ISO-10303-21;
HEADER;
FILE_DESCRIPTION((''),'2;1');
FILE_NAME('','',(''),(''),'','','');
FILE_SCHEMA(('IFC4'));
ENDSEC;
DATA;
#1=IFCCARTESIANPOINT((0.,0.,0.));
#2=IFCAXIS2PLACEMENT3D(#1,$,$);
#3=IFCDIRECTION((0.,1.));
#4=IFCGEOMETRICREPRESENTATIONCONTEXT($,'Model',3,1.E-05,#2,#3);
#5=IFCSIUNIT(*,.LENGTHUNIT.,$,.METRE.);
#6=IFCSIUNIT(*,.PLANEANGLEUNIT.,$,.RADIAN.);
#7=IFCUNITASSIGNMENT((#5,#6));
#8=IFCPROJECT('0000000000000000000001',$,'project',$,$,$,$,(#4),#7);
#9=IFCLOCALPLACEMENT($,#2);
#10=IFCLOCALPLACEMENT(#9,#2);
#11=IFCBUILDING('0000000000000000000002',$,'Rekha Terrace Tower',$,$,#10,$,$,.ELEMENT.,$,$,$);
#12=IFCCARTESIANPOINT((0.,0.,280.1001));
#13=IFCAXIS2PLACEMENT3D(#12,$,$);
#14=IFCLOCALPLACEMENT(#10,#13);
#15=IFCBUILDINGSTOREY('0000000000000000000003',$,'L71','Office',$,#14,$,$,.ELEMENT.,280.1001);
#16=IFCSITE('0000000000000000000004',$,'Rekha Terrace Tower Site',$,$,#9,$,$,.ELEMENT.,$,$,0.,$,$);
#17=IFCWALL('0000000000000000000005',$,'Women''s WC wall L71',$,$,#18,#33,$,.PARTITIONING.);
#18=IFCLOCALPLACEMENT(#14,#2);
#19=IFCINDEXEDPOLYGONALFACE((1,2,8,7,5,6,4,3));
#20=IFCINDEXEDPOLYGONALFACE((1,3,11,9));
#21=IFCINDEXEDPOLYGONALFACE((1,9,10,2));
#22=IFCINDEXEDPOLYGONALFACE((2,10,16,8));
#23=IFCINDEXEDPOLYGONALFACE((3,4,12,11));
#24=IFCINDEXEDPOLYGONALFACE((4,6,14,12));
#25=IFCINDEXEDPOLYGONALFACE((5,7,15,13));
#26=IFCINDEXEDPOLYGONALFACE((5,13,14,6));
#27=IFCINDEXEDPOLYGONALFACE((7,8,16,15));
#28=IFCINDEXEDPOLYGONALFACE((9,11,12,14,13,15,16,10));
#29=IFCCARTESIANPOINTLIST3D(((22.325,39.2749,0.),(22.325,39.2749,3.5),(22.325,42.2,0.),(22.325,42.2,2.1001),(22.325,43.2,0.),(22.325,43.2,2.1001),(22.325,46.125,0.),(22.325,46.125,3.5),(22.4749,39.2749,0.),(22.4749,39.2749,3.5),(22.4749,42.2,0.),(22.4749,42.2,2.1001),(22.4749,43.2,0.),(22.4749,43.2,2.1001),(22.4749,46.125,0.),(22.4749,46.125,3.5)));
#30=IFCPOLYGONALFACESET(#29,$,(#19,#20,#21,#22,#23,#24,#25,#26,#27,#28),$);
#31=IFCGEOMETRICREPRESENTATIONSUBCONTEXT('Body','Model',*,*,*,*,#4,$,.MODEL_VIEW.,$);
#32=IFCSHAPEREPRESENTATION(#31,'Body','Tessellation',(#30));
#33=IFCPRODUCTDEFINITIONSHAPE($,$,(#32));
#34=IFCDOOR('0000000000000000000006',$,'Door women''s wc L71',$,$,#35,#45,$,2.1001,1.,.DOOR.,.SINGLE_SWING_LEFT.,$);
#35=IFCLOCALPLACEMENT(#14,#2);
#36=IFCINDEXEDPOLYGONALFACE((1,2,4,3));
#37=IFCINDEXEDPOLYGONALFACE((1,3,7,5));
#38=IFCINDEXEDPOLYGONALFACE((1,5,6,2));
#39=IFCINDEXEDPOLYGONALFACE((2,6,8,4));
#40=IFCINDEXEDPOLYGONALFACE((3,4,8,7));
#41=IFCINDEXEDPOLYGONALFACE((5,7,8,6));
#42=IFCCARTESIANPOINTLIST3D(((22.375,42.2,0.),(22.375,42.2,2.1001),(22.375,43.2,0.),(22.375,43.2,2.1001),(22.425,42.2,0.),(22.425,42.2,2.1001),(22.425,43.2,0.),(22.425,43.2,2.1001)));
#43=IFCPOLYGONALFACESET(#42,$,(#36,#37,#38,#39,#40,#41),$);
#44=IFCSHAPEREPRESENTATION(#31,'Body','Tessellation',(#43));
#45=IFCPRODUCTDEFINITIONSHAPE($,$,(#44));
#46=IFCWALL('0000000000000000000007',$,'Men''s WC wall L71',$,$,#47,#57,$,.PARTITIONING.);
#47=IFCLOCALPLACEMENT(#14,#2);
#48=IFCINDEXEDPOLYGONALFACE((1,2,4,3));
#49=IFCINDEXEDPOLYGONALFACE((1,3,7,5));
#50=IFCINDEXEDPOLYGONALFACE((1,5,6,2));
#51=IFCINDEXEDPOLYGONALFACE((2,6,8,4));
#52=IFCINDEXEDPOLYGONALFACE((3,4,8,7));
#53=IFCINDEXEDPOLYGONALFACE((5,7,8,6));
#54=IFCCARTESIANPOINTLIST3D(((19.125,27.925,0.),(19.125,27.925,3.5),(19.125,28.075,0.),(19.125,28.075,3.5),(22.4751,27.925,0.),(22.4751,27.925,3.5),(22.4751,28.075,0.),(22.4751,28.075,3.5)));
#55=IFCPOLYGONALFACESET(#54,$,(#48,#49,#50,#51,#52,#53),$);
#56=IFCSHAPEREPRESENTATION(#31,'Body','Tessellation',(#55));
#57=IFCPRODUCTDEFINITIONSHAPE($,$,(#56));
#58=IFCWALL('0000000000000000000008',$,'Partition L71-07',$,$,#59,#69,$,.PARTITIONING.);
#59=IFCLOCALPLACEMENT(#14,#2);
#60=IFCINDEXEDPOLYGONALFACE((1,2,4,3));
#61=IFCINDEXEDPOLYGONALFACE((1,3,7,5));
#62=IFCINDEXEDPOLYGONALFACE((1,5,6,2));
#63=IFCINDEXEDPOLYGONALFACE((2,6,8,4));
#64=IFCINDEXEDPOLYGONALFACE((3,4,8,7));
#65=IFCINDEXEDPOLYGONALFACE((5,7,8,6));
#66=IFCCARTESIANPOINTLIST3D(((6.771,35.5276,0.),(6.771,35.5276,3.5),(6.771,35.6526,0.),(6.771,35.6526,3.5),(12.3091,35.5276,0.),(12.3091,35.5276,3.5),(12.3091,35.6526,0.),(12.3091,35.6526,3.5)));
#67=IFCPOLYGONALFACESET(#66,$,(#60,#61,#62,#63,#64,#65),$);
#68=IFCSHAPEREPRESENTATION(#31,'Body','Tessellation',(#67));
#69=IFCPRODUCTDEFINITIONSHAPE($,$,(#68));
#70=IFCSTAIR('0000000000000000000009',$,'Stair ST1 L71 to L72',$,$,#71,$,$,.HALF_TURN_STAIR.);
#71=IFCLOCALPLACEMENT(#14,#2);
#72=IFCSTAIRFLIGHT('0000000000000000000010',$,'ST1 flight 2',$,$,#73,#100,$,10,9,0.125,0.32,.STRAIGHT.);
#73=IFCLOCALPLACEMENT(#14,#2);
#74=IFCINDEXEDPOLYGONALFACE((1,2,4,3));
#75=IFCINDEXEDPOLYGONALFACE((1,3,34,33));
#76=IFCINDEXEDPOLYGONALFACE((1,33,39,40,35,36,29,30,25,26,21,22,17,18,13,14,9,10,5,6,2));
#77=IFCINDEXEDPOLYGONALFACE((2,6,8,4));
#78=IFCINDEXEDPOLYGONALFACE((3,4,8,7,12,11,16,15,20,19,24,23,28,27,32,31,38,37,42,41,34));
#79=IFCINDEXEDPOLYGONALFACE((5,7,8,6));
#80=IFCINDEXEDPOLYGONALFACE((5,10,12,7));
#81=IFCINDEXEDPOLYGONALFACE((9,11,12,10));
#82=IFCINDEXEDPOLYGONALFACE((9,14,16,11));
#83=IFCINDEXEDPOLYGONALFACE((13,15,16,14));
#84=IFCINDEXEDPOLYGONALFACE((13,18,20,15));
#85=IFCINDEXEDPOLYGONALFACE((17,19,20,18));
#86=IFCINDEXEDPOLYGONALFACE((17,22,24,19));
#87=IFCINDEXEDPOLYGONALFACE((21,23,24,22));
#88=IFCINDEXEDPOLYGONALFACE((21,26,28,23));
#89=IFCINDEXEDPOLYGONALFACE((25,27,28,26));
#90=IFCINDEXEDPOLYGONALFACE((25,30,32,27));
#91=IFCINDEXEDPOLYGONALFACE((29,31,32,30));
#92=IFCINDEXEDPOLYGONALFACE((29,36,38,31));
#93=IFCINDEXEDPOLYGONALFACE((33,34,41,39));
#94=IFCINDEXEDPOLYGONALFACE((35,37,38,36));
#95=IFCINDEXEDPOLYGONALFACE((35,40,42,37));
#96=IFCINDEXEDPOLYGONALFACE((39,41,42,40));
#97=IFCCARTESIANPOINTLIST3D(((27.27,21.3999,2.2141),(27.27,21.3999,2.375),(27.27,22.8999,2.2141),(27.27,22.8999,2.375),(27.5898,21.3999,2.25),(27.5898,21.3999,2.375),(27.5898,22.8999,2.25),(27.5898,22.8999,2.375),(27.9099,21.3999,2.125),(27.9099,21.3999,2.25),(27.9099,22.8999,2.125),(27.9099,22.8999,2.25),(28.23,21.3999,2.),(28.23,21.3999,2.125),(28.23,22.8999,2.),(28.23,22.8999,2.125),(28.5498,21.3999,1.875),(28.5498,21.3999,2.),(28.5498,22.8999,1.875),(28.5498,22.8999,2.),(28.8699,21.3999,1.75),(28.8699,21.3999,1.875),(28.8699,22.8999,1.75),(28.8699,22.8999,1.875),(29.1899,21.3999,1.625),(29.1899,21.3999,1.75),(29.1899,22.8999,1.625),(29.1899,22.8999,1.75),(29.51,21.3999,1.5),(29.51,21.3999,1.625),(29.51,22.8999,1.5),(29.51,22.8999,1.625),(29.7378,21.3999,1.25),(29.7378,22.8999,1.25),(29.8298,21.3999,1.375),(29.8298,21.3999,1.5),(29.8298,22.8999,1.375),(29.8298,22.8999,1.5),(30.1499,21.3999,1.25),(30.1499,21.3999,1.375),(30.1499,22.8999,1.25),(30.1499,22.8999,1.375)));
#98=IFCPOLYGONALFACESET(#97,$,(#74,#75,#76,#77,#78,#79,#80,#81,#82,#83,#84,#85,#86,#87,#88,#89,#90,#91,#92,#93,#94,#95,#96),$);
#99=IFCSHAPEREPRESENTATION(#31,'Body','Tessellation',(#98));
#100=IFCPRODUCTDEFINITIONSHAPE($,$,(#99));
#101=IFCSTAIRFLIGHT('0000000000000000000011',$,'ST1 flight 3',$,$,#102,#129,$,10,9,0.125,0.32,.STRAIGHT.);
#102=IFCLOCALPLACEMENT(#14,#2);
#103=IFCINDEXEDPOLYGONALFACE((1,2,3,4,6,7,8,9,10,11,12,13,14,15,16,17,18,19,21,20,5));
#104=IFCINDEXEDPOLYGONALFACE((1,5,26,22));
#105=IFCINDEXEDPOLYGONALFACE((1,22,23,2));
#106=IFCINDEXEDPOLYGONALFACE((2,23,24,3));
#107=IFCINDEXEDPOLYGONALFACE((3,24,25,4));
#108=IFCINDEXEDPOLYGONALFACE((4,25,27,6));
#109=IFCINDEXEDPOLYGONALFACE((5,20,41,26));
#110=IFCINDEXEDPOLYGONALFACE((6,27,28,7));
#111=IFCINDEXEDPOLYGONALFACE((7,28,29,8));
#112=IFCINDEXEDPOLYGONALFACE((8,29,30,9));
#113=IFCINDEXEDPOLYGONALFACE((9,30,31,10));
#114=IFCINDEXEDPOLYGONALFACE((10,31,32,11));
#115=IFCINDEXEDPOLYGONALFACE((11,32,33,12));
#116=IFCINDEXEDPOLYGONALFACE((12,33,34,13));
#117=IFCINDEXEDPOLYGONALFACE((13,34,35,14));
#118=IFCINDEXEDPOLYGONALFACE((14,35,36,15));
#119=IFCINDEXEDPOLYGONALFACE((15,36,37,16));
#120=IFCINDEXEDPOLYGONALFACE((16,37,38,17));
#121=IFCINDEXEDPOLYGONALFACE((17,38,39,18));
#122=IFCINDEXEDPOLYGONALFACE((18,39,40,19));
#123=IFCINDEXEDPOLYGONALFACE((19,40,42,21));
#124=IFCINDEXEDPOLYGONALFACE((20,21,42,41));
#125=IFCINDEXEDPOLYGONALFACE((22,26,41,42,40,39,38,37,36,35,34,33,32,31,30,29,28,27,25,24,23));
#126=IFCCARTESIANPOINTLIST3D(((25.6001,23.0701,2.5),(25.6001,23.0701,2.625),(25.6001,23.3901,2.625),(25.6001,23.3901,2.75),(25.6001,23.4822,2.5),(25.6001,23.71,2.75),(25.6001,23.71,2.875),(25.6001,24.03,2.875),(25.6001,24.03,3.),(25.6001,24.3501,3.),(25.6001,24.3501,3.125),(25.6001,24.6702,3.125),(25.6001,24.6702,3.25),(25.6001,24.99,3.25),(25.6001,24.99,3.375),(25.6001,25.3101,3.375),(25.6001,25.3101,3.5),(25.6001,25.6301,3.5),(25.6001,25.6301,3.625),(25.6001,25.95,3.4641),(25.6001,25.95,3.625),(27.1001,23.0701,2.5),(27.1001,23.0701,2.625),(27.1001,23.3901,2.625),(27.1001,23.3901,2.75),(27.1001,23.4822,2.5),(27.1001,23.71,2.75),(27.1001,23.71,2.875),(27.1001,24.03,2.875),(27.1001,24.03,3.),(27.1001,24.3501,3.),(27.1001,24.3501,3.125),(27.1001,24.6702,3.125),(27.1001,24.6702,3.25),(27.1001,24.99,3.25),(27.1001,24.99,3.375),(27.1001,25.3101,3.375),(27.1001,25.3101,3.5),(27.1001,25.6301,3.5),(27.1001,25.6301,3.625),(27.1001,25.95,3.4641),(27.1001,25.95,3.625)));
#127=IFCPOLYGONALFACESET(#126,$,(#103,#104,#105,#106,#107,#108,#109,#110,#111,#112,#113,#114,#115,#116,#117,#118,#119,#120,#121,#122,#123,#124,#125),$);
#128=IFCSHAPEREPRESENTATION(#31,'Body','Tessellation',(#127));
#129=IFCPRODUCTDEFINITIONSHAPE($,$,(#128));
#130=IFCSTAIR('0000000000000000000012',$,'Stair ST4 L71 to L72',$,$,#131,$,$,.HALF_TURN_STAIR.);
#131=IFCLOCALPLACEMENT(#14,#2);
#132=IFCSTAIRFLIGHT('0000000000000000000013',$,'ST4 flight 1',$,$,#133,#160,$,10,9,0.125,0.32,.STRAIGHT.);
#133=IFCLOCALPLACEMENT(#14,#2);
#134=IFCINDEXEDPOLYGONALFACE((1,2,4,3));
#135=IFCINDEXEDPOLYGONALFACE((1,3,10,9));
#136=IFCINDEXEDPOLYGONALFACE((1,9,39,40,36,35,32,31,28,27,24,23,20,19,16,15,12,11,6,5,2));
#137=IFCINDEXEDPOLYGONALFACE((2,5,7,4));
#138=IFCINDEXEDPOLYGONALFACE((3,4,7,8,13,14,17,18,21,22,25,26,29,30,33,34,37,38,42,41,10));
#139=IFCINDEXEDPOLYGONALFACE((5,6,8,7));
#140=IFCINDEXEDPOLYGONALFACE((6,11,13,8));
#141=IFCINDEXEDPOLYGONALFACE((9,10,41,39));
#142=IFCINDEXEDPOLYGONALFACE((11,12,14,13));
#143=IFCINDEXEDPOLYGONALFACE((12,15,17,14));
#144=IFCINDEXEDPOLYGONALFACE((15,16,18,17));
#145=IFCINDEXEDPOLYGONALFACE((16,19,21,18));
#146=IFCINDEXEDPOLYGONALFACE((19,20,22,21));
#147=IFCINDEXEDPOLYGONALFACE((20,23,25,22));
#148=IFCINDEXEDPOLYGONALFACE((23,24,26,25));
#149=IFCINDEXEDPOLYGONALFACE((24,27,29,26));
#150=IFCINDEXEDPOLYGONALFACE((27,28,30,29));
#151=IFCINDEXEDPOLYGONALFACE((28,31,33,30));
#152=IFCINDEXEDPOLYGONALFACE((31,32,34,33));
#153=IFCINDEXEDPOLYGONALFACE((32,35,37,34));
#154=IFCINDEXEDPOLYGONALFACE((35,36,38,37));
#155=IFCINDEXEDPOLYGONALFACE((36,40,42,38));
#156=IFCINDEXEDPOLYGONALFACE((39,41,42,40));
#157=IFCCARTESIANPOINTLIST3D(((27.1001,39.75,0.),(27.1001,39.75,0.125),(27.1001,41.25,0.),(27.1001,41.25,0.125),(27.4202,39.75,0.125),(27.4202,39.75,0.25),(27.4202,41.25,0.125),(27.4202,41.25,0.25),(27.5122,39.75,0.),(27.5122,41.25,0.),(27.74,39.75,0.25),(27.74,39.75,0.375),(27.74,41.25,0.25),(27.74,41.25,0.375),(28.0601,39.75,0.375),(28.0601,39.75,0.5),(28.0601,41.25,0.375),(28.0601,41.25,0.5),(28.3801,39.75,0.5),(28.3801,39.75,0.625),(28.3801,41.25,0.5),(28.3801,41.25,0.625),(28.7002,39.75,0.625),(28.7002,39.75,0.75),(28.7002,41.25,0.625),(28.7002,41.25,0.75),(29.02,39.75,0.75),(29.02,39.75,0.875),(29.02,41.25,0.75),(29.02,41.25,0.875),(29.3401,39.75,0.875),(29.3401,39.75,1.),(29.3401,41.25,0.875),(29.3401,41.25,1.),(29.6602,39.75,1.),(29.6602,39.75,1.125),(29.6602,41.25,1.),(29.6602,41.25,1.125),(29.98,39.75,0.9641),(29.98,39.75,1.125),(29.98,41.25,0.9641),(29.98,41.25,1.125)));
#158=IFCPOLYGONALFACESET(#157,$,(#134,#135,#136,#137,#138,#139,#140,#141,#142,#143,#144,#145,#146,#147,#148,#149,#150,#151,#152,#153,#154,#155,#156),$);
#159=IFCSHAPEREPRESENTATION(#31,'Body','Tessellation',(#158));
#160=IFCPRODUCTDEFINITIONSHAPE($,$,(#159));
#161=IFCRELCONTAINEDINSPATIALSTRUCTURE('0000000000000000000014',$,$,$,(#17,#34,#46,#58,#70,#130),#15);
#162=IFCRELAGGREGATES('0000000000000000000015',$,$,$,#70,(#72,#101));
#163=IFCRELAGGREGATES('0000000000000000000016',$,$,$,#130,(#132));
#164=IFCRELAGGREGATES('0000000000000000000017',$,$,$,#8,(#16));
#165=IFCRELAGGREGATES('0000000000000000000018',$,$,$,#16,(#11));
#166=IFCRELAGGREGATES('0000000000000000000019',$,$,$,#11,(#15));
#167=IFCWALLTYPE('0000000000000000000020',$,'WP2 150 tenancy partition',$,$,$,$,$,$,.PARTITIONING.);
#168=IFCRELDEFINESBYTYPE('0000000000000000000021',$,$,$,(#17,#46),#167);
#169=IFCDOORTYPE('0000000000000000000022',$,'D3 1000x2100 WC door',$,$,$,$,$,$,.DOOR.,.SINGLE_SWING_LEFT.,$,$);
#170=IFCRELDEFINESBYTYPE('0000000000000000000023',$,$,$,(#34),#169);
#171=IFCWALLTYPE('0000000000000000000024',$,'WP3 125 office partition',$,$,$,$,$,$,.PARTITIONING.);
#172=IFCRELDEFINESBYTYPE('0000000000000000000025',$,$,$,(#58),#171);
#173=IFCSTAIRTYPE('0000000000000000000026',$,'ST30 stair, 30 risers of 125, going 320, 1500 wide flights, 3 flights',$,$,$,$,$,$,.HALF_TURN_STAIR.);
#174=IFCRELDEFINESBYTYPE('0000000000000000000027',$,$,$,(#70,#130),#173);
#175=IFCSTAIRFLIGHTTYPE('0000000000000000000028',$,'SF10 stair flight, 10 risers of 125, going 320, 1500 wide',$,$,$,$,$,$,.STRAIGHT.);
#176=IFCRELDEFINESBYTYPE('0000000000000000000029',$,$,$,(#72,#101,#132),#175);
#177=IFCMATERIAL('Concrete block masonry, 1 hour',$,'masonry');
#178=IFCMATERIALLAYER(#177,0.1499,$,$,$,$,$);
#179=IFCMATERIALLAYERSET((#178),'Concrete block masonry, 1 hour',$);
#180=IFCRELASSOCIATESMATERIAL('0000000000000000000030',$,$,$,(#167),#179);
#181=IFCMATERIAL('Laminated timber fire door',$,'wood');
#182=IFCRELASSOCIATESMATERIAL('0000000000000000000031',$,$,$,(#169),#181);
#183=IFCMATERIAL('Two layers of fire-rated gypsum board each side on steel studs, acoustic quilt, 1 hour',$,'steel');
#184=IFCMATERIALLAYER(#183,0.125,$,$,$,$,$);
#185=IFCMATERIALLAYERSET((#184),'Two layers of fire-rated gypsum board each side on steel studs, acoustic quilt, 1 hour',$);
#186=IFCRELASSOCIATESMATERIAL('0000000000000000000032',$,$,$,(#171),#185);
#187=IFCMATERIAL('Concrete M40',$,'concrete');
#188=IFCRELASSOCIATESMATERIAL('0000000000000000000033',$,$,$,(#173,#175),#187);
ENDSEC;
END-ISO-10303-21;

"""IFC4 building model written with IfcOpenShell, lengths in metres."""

from ifc_helpers import new_model, si_unit, direction, frame, frame_2d, origin, place, context, subcontext, project, spatial, polyline, rectangle, outline, extrude, material, layer, layer_set, type_object, element, fill, aggregate, save


model = new_model("IFC4")

# Units and contexts
model_context = context("Model", 3, precision=1e-05, world=origin(), true_north=direction((0.0, 1.0)))
body_context = subcontext(model_context, "Body", "Model", "MODEL_VIEW")
ifc_project = project(units=[si_unit("LENGTHUNIT", "METRE"), si_unit("PLANEANGLEUNIT", "RADIAN")], contexts=[model_context])

# Site, building, storey
site_placement = place(None, origin())
site = spatial("IfcSite", under=ifc_project, at=site_placement, Name="Rekha Terrace Tower Site", CompositionType="ELEMENT", RefElevation=0.0)
building_placement = place(site_placement, origin())
building = spatial("IfcBuilding", under=site, at=building_placement, Name="Rekha Terrace Tower", CompositionType="ELEMENT")
storey_placement = place(building_placement, frame((0.0, 0.0, 280.1001)))
storey = spatial("IfcBuildingStorey", under=building, at=storey_placement, Name="L71", Description="Office", CompositionType="ELEMENT", Elevation=280.1001)

# Shared definitions
ifc_material_1 = material(Name="Concrete block masonry, 1 hour", Category="masonry")
ifc_layer_1 = layer(ifc_material_1, 0.1499)
ifc_layer_set_1 = layer_set([ifc_layer_1], Name="Concrete block masonry, 1 hour")
wall_type_1 = type_object("IfcWallType", Name="WP2 150 tenancy partition", PredefinedType="PARTITIONING", material=ifc_layer_set_1)

# Wall, opening, door
wall_1_placement = place(storey_placement, frame((22.3999, 39.2749, 0.0), z_axis=(0.0, 0.0, 1.0), x_axis=(0.0, 1.0, 0.0)))
wall_1 = element("IfcWall", 1, at=wall_1_placement, inside=storey, type_object=wall_type_1, Name="Women's WC wall L71", PredefinedType="PARTITIONING", context=body_context, shape_type="SweptSolid", body=[
    extrude(rectangle(XDim=6.8501, YDim=0.1499, at=frame_2d((3.425, 0.0))), origin(), (0.0, 0.0, 1.0), 3.5),
])
opening_1_placement = place(wall_1_placement, frame((2.925, 0.0, 0.0)))
opening_1 = element("IfcOpeningElement", 2, at=opening_1_placement, cuts=wall_1, PredefinedType="OPENING", context=body_context, shape_type="SweptSolid", body=[
    extrude(rectangle(XDim=1.0, YDim=2.1001, at=frame_2d((0.5, 1.05))), frame((0.0, 0.085, 0.0), z_axis=(0.0, -1.0, 0.0), x_axis=(1.0, 0.0, 0.0)), (0.0, 0.0, 1.0), 0.1699),
])
ifc_material_2 = material(Name="Laminated timber fire door", Category="wood")
door_type_1 = type_object("IfcDoorType", Name="D3 1000x2100 WC door", OperationType="SINGLE_SWING_LEFT", PredefinedType="DOOR", material=ifc_material_2)
door_1_placement = place(opening_1_placement, origin())
door_1 = element("IfcDoor", 3, at=door_1_placement, inside=storey, type_object=door_type_1, Name="Door women's wc L71", OperationType="SINGLE_SWING_LEFT", OverallHeight=2.1001, OverallWidth=1.0, PredefinedType="DOOR", context=body_context, shape_type="SweptSolid", body=[
    extrude(rectangle(XDim=1.0, YDim=2.1001, at=frame_2d((0.5, 1.05))), frame((0.0, 0.0249, 0.0), z_axis=(0.0, -1.0, 0.0), x_axis=(1.0, 0.0, 0.0)), (0.0, 0.0, 1.0), 0.05),
])
fill(opening_1, door_1)

# Walls
wall_2_placement = place(storey_placement, frame((19.125, 28.0, 0.0), z_axis=(0.0, 0.0, 1.0), x_axis=(1.0, 0.0, 0.0)))
element("IfcWall", 4, at=wall_2_placement, inside=storey, type_object=wall_type_1, Name="Men's WC wall L71", PredefinedType="PARTITIONING", context=body_context, shape_type="SweptSolid", body=[
    extrude(rectangle(XDim=3.3501, YDim=0.1499, at=frame_2d((1.675, 0.0))), origin(), (0.0, 0.0, 1.0), 3.5),
])
ifc_material_3 = material(Name="Two layers of fire-rated gypsum board each side on steel studs, acoustic quilt, 1 hour", Category="steel")
ifc_layer_2 = layer(ifc_material_3, 0.125)
ifc_layer_set_2 = layer_set([ifc_layer_2], Name="Two layers of fire-rated gypsum board each side on steel studs, acoustic quilt, 1 hour")
wall_type_2 = type_object("IfcWallType", Name="WP3 125 office partition", PredefinedType="PARTITIONING", material=ifc_layer_set_2)
wall_3_placement = place(storey_placement, frame((12.3091, 35.5901, 0.0), z_axis=(0.0, 0.0, 1.0), x_axis=(-1.0, 0.0, 0.0)))
element("IfcWall", 5, at=wall_3_placement, inside=storey, type_object=wall_type_2, Name="Partition L71-07", PredefinedType="PARTITIONING", context=body_context, shape_type="SweptSolid", body=[
    extrude(rectangle(XDim=5.5381, YDim=0.125, at=frame_2d((2.769, 0.0))), origin(), (0.0, 0.0, 1.0), 3.5),
])

# Stair, stair flights
ifc_material_4 = material(Name="Concrete M40", Category="concrete")
stair_type = type_object("IfcStairType", Name="ST30 stair, 30 risers of 125, going 320, 1500 wide flights, 3 flights", PredefinedType="HALF_TURN_STAIR", material=ifc_material_4)
stair_1_placement = place(storey_placement, origin())
stair_1 = element("IfcStair", 6, at=stair_1_placement, inside=storey, type_object=stair_type, Name="Stair ST1 L71 to L72", PredefinedType="HALF_TURN_STAIR")
stair_flight_type = type_object("IfcStairFlightType", Name="SF10 stair flight, 10 risers of 125, going 320, 1500 wide", PredefinedType="STRAIGHT", material=ifc_material_4)
stair_flight_1_placement = place(storey_placement, frame((30.1499, 22.1499, 1.25), z_axis=(0.0, 0.0, 1.0), x_axis=(-1.0, 0.0, 0.0)))
stair_flight_1 = element("IfcStairFlight", 7, at=stair_flight_1_placement, type_object=stair_flight_type, Name="ST1 flight 2", NumberOfRisers=10, NumberOfTreads=9, PredefinedType="STRAIGHT", RiserHeight=0.125, TreadLength=0.32, context=body_context, shape_type="SweptSolid", body=[
    extrude(outline(polyline([(0.0, 0.0), (0.0, 0.125), (0.3201, 0.125), (0.3201, 0.25), (0.6399, 0.25), (0.6399, 0.375), (0.96, 0.375), (0.96, 0.5), (1.28, 0.5), (1.28, 0.625), (1.6001, 0.625), (1.6001, 0.75), (1.9199, 0.75), (1.9199, 0.875), (2.24, 0.875), (2.24, 1.0), (2.5601, 1.0), (2.5601, 1.125), (2.8799, 1.125), (2.8799, 1.25), (2.8799, 0.9641), (0.4121, 0.0), (0.0, 0.0)])), frame((0.0, 0.75, 0.0), z_axis=(0.0, -1.0, 0.0), x_axis=(1.0, 0.0, 0.0)), (0.0, 0.0, 1.0), 1.5),
])
stair_flight_2_placement = place(storey_placement, frame((26.3501, 23.0701, 2.5), z_axis=(0.0, 0.0, 1.0), x_axis=(0.0, 1.0, 0.0)))
stair_flight_2 = element("IfcStairFlight", 8, at=stair_flight_2_placement, type_object=stair_flight_type, Name="ST1 flight 3", NumberOfRisers=10, NumberOfTreads=9, PredefinedType="STRAIGHT", RiserHeight=0.125, TreadLength=0.32, context=body_context, shape_type="SweptSolid", body=[
    extrude(outline(polyline([(0.0, 0.0), (0.0, 0.125), (0.3201, 0.125), (0.3201, 0.25), (0.6399, 0.25), (0.6399, 0.375), (0.96, 0.375), (0.96, 0.5), (1.28, 0.5), (1.28, 0.625), (1.6001, 0.625), (1.6001, 0.75), (1.9199, 0.75), (1.9199, 0.875), (2.24, 0.875), (2.24, 1.0), (2.5601, 1.0), (2.5601, 1.125), (2.8799, 1.125), (2.8799, 1.25), (2.8799, 0.9641), (0.4121, 0.0), (0.0, 0.0)])), frame((0.0, 0.75, 0.0), z_axis=(0.0, -1.0, 0.0), x_axis=(1.0, 0.0, 0.0)), (0.0, 0.0, 1.0), 1.5),
])
aggregate(stair_1, [stair_flight_1, stair_flight_2])

# Stair, stair flight
stair_2_placement = place(storey_placement, origin())
stair_2 = element("IfcStair", 9, at=stair_2_placement, inside=storey, type_object=stair_type, Name="Stair ST4 L71 to L72", PredefinedType="HALF_TURN_STAIR")
stair_flight_3_placement = place(storey_placement, frame((27.1001, 40.5, 0.0), z_axis=(0.0, 0.0, 1.0), x_axis=(1.0, 0.0, 0.0)))
stair_flight_3 = element("IfcStairFlight", 10, at=stair_flight_3_placement, type_object=stair_flight_type, Name="ST4 flight 1", NumberOfRisers=10, NumberOfTreads=9, PredefinedType="STRAIGHT", RiserHeight=0.125, TreadLength=0.32, context=body_context, shape_type="SweptSolid", body=[
    extrude(outline(polyline([(0.0, 0.0), (0.0, 0.125), (0.3201, 0.125), (0.3201, 0.25), (0.6399, 0.25), (0.6399, 0.375), (0.96, 0.375), (0.96, 0.5), (1.28, 0.5), (1.28, 0.625), (1.6001, 0.625), (1.6001, 0.75), (1.9199, 0.75), (1.9199, 0.875), (2.24, 0.875), (2.24, 1.0), (2.5601, 1.0), (2.5601, 1.125), (2.8799, 1.125), (2.8799, 1.25), (2.8799, 0.9641), (0.4121, 0.0), (0.0, 0.0)])), frame((0.0, 0.75, 0.0), z_axis=(0.0, -1.0, 0.0), x_axis=(1.0, 0.0, 0.0)), (0.0, 0.0, 1.0), 1.5),
])
aggregate(stair_2, [stair_flight_3])

save(model, "model.ifc")
